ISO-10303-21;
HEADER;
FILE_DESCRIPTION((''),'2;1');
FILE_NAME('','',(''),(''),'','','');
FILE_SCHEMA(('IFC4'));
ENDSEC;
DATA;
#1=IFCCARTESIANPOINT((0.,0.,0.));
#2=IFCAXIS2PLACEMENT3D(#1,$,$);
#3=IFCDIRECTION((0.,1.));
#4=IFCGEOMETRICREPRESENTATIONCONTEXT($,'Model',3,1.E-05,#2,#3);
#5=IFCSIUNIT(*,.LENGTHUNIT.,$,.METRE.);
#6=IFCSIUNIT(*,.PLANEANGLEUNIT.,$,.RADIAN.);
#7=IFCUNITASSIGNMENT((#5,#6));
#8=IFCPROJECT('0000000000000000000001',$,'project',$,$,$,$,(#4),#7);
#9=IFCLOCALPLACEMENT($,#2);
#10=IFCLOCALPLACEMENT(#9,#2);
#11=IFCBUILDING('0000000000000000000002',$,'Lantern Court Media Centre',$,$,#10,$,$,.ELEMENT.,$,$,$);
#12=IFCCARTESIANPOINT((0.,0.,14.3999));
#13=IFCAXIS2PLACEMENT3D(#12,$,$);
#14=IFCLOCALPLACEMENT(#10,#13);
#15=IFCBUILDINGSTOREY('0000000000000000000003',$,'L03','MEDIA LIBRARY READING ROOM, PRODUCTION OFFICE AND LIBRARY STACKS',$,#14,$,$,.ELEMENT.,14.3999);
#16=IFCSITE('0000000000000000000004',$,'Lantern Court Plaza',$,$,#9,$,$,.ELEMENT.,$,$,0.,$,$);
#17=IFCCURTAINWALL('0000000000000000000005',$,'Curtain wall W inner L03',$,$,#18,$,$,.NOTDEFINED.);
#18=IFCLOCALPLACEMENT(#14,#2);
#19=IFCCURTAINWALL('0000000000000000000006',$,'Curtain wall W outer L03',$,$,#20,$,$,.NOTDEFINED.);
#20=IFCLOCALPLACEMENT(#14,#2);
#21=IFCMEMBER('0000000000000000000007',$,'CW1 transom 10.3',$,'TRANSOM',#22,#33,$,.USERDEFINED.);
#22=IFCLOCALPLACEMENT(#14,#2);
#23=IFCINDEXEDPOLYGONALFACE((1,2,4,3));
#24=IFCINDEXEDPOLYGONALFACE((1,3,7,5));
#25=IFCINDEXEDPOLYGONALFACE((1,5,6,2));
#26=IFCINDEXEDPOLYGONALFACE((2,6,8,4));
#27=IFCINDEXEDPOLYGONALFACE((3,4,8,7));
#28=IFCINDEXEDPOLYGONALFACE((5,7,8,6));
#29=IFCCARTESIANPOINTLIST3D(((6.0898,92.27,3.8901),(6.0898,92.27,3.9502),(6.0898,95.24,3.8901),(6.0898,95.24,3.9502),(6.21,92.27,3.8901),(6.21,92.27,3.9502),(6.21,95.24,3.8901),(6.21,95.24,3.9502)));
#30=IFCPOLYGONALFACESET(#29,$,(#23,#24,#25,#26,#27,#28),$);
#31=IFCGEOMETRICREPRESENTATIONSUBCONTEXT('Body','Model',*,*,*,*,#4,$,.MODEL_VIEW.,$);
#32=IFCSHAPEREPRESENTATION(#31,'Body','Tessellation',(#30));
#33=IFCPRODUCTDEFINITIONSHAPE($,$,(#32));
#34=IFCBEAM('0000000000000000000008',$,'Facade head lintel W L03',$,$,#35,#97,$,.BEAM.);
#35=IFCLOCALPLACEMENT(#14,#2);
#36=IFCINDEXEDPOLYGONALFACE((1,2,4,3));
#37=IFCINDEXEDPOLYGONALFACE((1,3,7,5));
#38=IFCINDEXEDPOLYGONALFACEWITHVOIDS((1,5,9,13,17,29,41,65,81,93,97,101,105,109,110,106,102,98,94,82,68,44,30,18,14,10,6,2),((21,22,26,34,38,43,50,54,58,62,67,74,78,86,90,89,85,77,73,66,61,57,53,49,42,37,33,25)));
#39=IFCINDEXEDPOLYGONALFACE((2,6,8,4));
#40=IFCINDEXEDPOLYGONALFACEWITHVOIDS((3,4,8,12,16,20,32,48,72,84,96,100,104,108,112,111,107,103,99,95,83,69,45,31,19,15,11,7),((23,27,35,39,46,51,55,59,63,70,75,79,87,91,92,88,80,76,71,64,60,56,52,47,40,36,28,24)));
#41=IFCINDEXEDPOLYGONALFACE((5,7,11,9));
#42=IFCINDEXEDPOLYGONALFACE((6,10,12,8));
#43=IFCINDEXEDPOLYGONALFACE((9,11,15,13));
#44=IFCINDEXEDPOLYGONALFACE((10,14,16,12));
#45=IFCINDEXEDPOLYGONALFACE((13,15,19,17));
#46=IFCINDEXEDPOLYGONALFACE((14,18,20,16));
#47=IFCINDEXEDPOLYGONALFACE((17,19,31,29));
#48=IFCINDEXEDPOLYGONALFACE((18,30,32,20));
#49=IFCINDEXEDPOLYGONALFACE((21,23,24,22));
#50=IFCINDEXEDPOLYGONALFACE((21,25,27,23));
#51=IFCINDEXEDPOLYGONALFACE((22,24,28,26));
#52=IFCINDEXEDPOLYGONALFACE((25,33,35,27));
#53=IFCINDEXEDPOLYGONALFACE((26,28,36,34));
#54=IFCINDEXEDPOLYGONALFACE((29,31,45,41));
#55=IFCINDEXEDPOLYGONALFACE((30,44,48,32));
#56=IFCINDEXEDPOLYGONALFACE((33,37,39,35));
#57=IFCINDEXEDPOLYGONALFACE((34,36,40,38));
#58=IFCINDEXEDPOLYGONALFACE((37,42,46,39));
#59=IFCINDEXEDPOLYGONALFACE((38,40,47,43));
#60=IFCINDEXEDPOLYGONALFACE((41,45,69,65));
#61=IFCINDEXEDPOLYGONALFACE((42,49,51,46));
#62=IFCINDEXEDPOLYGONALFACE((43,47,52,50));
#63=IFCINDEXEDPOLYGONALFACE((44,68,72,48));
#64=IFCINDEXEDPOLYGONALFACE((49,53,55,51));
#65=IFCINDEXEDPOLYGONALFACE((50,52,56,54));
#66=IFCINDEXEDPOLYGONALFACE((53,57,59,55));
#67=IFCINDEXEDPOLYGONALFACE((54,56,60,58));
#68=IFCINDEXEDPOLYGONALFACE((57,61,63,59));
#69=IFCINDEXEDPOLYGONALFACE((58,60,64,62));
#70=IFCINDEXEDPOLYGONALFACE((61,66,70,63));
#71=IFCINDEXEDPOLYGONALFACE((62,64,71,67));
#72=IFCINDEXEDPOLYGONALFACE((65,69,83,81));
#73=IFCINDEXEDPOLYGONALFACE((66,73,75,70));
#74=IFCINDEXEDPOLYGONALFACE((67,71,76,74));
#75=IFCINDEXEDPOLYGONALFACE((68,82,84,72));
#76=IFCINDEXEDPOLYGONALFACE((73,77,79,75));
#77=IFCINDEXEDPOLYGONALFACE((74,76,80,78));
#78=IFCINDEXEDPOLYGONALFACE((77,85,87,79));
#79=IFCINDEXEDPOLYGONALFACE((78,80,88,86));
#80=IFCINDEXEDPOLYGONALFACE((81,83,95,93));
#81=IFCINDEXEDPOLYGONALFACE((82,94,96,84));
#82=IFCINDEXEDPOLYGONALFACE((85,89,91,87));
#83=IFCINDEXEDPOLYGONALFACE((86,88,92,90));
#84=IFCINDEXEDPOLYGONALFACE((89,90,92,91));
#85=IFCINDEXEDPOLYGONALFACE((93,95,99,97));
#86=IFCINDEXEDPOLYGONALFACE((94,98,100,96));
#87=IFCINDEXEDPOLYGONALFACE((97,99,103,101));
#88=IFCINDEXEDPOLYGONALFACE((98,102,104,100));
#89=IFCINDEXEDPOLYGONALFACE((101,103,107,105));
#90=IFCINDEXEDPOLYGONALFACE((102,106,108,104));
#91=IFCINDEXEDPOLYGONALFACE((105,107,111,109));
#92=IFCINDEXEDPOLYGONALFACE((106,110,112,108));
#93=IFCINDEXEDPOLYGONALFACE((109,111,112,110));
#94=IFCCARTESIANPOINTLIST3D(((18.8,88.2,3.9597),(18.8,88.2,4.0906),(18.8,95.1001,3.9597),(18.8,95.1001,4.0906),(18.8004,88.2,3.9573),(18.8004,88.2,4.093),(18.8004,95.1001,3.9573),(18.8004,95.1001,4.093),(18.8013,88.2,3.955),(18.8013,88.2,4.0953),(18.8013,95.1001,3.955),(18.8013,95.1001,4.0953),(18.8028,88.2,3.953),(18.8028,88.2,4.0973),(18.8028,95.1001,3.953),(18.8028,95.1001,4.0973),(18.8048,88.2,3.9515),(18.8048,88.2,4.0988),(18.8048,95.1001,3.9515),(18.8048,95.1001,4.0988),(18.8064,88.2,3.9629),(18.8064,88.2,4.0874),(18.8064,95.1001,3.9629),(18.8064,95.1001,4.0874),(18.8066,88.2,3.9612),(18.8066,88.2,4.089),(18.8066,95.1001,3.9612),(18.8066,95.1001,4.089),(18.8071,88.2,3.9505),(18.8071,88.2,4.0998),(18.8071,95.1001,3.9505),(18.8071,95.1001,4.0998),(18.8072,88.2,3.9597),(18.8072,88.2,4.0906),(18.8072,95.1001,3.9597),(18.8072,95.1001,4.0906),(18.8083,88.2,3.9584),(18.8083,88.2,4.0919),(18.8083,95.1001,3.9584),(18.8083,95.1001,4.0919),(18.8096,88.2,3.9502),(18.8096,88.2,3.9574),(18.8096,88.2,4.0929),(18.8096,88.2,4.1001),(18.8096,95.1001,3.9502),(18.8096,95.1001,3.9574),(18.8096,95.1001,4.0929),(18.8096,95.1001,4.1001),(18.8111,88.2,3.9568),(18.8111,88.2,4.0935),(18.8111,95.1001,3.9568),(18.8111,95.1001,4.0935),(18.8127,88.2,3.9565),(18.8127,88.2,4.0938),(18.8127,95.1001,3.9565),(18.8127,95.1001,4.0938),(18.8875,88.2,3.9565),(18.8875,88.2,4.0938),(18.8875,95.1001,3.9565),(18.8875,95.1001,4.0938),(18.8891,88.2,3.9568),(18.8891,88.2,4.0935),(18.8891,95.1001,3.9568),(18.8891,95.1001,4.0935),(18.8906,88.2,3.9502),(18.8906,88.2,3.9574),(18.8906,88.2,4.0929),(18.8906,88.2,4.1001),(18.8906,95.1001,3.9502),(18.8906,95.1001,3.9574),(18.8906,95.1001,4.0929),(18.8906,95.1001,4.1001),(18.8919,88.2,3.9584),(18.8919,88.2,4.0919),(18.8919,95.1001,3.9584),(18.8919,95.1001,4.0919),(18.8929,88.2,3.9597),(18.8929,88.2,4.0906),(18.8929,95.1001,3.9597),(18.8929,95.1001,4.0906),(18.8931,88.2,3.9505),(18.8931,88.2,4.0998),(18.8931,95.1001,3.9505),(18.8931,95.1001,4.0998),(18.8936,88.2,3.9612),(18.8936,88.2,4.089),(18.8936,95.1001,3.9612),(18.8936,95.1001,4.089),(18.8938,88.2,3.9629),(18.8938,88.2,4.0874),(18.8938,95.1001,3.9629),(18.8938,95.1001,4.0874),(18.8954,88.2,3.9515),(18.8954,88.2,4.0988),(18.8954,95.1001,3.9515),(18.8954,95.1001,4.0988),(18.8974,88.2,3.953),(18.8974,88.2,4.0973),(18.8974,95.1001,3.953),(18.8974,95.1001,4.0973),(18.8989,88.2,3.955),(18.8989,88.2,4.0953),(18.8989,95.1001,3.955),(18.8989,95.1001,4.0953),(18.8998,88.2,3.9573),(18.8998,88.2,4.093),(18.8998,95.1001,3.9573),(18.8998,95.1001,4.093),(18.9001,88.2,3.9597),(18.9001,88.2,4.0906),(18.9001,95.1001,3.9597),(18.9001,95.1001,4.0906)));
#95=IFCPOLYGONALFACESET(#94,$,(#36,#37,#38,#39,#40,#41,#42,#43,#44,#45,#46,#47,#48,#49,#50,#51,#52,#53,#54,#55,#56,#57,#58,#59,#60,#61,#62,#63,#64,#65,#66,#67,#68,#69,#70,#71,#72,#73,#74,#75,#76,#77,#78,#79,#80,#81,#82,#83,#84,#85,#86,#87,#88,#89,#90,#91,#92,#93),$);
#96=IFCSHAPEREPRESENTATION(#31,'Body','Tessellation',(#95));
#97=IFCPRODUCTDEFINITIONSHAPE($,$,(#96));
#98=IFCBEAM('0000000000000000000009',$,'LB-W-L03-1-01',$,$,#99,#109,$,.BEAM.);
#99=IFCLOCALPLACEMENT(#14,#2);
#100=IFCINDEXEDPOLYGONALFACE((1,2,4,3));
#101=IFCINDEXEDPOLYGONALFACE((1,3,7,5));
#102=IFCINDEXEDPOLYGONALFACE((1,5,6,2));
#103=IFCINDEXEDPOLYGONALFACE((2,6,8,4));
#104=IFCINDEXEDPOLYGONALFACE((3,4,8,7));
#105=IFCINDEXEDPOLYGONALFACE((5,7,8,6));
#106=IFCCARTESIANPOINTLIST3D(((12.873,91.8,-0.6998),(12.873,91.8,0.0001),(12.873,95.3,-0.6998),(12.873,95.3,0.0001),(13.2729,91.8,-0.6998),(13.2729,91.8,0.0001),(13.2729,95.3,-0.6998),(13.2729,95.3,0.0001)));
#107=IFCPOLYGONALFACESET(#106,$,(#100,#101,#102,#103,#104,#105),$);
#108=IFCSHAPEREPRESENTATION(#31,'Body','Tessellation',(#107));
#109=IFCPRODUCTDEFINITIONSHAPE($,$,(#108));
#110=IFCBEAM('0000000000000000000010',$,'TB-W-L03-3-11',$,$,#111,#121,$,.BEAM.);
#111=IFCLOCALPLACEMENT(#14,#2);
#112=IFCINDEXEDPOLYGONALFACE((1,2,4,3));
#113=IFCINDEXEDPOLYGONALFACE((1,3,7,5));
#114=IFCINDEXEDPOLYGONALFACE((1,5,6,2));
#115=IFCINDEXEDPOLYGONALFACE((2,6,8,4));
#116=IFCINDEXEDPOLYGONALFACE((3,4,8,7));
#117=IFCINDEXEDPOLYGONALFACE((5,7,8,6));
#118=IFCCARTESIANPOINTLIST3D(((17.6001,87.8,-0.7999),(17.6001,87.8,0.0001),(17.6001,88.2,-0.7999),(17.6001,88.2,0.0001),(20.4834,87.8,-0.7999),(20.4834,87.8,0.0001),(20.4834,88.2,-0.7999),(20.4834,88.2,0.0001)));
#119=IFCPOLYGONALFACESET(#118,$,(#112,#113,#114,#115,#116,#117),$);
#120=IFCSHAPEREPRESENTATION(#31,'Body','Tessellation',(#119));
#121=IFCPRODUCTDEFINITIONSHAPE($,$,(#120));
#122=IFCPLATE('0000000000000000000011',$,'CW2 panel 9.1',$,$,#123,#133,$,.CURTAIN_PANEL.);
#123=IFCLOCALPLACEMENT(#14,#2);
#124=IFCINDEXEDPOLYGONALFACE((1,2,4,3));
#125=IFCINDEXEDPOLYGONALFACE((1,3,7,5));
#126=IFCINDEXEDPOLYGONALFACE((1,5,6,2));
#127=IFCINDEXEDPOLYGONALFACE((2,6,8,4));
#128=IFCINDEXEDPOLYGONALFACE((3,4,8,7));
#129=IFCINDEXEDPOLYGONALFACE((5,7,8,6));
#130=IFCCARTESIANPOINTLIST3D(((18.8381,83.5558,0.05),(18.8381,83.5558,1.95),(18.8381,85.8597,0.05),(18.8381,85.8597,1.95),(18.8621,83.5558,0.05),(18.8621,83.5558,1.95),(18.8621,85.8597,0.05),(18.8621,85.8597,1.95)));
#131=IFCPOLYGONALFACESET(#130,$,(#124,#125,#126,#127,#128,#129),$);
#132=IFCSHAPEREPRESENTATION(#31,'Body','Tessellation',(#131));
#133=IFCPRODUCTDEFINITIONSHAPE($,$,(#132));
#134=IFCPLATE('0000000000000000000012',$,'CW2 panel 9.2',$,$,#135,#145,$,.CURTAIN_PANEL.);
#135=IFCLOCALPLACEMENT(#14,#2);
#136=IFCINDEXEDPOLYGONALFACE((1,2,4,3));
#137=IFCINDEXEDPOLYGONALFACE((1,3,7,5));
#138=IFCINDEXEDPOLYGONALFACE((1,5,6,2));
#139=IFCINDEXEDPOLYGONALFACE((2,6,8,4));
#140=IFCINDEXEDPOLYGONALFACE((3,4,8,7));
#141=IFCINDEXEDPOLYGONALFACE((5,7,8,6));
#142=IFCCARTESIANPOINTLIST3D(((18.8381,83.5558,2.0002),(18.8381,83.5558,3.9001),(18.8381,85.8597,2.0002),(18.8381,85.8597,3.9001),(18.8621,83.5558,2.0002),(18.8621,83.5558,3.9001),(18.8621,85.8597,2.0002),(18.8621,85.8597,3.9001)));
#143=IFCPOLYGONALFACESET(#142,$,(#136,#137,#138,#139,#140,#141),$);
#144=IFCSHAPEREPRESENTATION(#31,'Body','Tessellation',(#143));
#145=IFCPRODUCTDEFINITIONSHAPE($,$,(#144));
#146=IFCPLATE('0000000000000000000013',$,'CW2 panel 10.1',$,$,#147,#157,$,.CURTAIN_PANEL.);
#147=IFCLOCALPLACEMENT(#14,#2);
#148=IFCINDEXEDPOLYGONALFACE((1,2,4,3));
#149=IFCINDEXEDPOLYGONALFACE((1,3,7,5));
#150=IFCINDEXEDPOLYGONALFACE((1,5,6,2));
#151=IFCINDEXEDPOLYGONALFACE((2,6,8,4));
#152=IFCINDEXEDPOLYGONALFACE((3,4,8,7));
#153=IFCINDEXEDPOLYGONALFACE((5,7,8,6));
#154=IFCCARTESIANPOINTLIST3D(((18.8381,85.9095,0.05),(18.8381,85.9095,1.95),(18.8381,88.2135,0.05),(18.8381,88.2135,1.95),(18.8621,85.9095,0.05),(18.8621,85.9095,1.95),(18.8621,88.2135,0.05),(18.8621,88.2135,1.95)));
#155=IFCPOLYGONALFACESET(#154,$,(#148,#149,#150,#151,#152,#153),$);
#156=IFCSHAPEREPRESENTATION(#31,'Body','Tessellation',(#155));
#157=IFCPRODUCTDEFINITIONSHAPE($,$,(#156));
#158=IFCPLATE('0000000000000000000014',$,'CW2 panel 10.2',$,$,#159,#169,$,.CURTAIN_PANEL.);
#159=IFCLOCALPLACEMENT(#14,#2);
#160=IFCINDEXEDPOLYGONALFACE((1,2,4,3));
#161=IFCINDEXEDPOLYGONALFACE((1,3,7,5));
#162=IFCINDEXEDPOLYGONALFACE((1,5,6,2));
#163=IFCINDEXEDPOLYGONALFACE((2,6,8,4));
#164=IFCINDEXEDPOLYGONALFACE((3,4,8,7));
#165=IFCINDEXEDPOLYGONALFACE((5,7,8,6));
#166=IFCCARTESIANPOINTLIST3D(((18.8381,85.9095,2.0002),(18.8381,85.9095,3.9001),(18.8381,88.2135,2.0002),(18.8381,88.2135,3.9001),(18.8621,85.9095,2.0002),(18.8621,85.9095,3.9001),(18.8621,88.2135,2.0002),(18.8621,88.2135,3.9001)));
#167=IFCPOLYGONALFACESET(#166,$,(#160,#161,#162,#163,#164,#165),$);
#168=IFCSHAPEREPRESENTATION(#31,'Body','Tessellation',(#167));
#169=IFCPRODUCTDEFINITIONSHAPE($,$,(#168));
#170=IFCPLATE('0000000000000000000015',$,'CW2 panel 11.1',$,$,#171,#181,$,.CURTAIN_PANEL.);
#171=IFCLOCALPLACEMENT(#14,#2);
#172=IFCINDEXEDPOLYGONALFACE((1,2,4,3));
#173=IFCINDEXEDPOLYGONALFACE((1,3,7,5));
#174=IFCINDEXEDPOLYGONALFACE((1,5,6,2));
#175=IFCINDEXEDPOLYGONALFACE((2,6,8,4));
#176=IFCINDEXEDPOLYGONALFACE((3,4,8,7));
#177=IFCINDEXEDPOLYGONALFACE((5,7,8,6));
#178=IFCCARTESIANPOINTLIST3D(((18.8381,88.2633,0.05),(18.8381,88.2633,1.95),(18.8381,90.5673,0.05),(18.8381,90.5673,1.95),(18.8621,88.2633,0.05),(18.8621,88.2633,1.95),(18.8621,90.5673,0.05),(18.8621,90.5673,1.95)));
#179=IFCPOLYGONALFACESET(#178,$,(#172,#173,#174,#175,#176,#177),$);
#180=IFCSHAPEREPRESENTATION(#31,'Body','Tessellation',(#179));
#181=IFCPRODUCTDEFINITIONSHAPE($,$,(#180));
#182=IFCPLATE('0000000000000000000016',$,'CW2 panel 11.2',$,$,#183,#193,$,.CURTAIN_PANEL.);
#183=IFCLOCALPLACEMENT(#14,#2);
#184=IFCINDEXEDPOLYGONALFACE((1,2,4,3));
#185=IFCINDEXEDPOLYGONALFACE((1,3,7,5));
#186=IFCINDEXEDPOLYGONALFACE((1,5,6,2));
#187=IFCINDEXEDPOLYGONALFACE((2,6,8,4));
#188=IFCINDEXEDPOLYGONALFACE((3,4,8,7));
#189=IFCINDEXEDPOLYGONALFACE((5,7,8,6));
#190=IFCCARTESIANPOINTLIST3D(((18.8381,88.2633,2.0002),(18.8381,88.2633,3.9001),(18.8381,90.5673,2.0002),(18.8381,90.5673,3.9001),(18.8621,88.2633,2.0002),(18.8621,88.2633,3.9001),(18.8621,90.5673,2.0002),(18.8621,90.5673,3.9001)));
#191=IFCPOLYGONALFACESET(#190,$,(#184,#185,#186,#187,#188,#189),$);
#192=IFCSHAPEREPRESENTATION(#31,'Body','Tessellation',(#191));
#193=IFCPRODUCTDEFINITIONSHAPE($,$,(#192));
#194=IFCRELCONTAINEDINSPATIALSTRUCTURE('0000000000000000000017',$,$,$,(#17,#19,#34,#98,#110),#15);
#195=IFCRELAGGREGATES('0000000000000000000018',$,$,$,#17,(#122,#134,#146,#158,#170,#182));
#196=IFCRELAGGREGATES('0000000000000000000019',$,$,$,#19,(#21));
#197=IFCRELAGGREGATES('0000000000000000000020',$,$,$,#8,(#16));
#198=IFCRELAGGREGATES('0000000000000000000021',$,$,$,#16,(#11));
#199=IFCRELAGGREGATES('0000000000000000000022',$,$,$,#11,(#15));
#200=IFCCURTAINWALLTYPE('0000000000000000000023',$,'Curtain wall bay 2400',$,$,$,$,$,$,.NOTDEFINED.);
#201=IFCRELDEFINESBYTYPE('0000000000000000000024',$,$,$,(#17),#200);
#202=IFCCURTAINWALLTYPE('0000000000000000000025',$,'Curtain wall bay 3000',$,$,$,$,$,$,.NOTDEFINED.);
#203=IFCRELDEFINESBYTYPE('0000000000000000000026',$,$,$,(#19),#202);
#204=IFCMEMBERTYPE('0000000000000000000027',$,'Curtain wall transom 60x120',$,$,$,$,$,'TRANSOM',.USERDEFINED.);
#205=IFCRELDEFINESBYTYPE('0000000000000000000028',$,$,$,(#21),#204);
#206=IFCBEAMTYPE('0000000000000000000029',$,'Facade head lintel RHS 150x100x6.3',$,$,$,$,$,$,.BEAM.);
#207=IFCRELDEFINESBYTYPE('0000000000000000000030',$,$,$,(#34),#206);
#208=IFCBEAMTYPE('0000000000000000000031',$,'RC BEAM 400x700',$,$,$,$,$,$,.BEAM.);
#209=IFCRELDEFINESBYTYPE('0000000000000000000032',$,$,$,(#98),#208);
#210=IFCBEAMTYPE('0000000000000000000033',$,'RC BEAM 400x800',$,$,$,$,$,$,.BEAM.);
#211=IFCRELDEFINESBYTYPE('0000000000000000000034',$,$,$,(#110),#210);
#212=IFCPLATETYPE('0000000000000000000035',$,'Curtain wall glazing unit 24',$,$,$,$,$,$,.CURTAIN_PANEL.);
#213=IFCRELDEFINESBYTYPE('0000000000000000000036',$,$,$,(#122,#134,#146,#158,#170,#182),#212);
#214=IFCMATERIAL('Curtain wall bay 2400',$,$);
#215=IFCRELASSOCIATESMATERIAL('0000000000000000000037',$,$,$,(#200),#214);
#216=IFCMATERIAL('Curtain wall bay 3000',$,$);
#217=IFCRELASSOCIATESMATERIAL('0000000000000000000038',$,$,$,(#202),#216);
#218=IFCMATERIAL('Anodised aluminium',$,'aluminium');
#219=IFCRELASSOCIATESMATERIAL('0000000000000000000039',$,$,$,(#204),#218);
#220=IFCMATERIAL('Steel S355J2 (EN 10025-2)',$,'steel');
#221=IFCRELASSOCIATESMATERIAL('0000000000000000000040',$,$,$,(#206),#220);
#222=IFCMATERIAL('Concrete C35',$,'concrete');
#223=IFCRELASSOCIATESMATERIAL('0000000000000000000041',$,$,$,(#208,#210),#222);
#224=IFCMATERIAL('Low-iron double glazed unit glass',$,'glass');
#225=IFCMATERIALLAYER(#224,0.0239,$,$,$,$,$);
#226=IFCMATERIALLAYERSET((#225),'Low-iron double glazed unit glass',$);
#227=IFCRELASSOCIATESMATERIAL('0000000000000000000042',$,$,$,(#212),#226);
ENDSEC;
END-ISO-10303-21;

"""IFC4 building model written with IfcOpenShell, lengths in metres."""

from ifc_helpers import new_model, si_unit, direction, frame, origin, origin_2d, place, context, subcontext, project, spatial, rectangle, hollow_rectangle, extrude, material, layer, layer_set, material_profile, profile_set, type_object, element, aggregate, save


model = new_model("IFC4")

# Units and contexts
model_context = context("Model", 3, precision=1e-05, world=origin(), true_north=direction((0.0, 1.0)))
body_context = subcontext(model_context, "Body", "Model", "MODEL_VIEW")
ifc_project = project(units=[si_unit("LENGTHUNIT", "METRE"), si_unit("PLANEANGLEUNIT", "RADIAN")], contexts=[model_context])

# Site, building, storey
site_placement = place(None, origin())
site = spatial("IfcSite", under=ifc_project, at=site_placement, Name="Lantern Court Plaza", CompositionType="ELEMENT", RefElevation=0.0)
building_placement = place(site_placement, origin())
building = spatial("IfcBuilding", under=site, at=building_placement, Name="Lantern Court Media Centre", CompositionType="ELEMENT")
storey_placement = place(building_placement, frame((0.0, 0.0, 14.3999)))
storey = spatial("IfcBuildingStorey", under=building, at=storey_placement, Name="L03", Description="MEDIA LIBRARY READING ROOM, PRODUCTION OFFICE AND LIBRARY STACKS", CompositionType="ELEMENT", Elevation=14.3999)

# Curtain walls, member
ifc_material_1 = material(Name="Curtain wall bay 2400")
curtain_wall_type_1 = type_object("IfcCurtainWallType", Name="Curtain wall bay 2400", PredefinedType="NOTDEFINED", material=ifc_material_1)
curtain_wall_1_placement = place(storey_placement, origin())
curtain_wall_1 = element("IfcCurtainWall", 1, at=curtain_wall_1_placement, inside=storey, type_object=curtain_wall_type_1, Name="Curtain wall W inner L03", PredefinedType="NOTDEFINED")
ifc_material_2 = material(Name="Anodised aluminium", Category="aluminium")
ifc_material_3 = material(Name="Curtain wall bay 3000")
curtain_wall_type_2 = type_object("IfcCurtainWallType", Name="Curtain wall bay 3000", PredefinedType="NOTDEFINED", material=ifc_material_3)
curtain_wall_2_placement = place(storey_placement, origin())
curtain_wall_2 = element("IfcCurtainWall", 2, at=curtain_wall_2_placement, inside=storey, type_object=curtain_wall_type_2, Name="Curtain wall W outer L03", PredefinedType="NOTDEFINED")
ifc_material_profile_1 = material_profile(ifc_material_2, rectangle(XDim=0.1201, YDim=0.0601, at=origin_2d()), Name="AL 60x120")
ifc_profile_set_1 = profile_set([ifc_material_profile_1], Name="Anodised aluminium")
member_type_1 = type_object("IfcMemberType", Name="Curtain wall transom 60x120", ElementType="TRANSOM", PredefinedType="USERDEFINED", material=ifc_profile_set_1)
member_1_placement = place(storey_placement, frame((6.1499, 92.27, 3.9202), z_axis=(0.0, 1.0, 0.0), x_axis=(-1.0, 0.0, 0.0)))
member_1 = element("IfcMember", 3, at=member_1_placement, type_object=member_type_1, Name="CW1 transom 10.3", ObjectType="TRANSOM", PredefinedType="USERDEFINED", context=body_context, shape_type="SweptSolid", body=[
    extrude(rectangle(XDim=0.1201, YDim=0.0601, at=origin_2d()), origin(), (0.0, 0.0, 1.0), 2.97),
])

# Beams
ifc_material_4 = material(Name="Steel S355J2 (EN 10025-2)", Category="steel")
ifc_material_profile_2 = material_profile(ifc_material_4, hollow_rectangle(XDim=0.1001, YDim=0.1499, WallThickness=0.0063, InnerFilletRadius=0.0063, OuterFilletRadius=0.0095, at=origin_2d()), Name="Facade head lintel RHS 150x100x6.3")
ifc_profile_set_2 = profile_set([ifc_material_profile_2], Name="Steel S355J2 (EN 10025-2)")
beam_type_1 = type_object("IfcBeamType", Name="Facade head lintel RHS 150x100x6.3", PredefinedType="BEAM", material=ifc_profile_set_2)
beam_1_placement = place(storey_placement, frame((18.8501, 88.2, 4.0251), z_axis=(0.0, 1.0, 0.0), x_axis=(-1.0, 0.0, 0.0)))
element("IfcBeam", 4, at=beam_1_placement, inside=storey, type_object=beam_type_1, Name="Facade head lintel W L03", PredefinedType="BEAM", context=body_context, shape_type="SweptSolid", body=[
    extrude(hollow_rectangle(XDim=0.1001, YDim=0.1499, WallThickness=0.0063, InnerFilletRadius=0.0063, OuterFilletRadius=0.0095, at=origin_2d()), origin(), (0.0, 0.0, 1.0), 6.9001),
])
ifc_material_5 = material(Name="Concrete C35", Category="concrete")
ifc_material_profile_3 = material_profile(ifc_material_5, rectangle(XDim=0.3999, YDim=0.7, at=origin_2d()), Name="RC 400x700")
ifc_profile_set_3 = profile_set([ifc_material_profile_3], Name="Concrete C35")
beam_type_2 = type_object("IfcBeamType", Name="RC BEAM 400x700", PredefinedType="BEAM", material=ifc_profile_set_3)
beam_2_placement = place(storey_placement, frame((13.073, 91.8, -0.3499), z_axis=(0.0, 1.0, 0.0), x_axis=(-1.0, 0.0, 0.0)))
element("IfcBeam", 5, at=beam_2_placement, inside=storey, type_object=beam_type_2, Name="LB-W-L03-1-01", PredefinedType="BEAM", context=body_context, shape_type="SweptSolid", body=[
    extrude(rectangle(XDim=0.3999, YDim=0.7, at=origin_2d()), origin(), (0.0, 0.0, 1.0), 3.5),
])
ifc_material_profile_4 = material_profile(ifc_material_5, rectangle(XDim=0.3999, YDim=0.8, at=origin_2d()), Name="RC 400x800")
ifc_profile_set_4 = profile_set([ifc_material_profile_4], Name="Concrete C35")
beam_type_3 = type_object("IfcBeamType", Name="RC BEAM 400x800", PredefinedType="BEAM", material=ifc_profile_set_4)
beam_3_placement = place(storey_placement, frame((17.6001, 88.0, -0.3999), z_axis=(1.0, 0.0, 0.0), x_axis=(0.0, 1.0, 0.0)))
element("IfcBeam", 6, at=beam_3_placement, inside=storey, type_object=beam_type_3, Name="TB-W-L03-3-11", PredefinedType="BEAM", context=body_context, shape_type="SweptSolid", body=[
    extrude(rectangle(XDim=0.3999, YDim=0.8, at=origin_2d()), origin(), (0.0, 0.0, 1.0), 2.8833),
])

# Plates
ifc_material_6 = material(Name="Low-iron double glazed unit glass", Category="glass")
ifc_layer_1 = layer(ifc_material_6, 0.0239)
ifc_layer_set_1 = layer_set([ifc_layer_1], Name="Low-iron double glazed unit glass")
plate_type_1 = type_object("IfcPlateType", Name="Curtain wall glazing unit 24", PredefinedType="CURTAIN_PANEL", material=ifc_layer_set_1)
plate_1_placement = place(storey_placement, frame((18.8501, 84.7078, 0.05), z_axis=(0.0, 0.0, 1.0), x_axis=(0.0, 1.0, 0.0)))
plate_1 = element("IfcPlate", 7, at=plate_1_placement, type_object=plate_type_1, Name="CW2 panel 9.1", PredefinedType="CURTAIN_PANEL", context=body_context, shape_type="SweptSolid", body=[
    extrude(rectangle(XDim=2.304, YDim=0.0239, at=origin_2d()), origin(), (0.0, 0.0, 1.0), 1.8999),
])
plate_2_placement = place(storey_placement, frame((18.8501, 84.7078, 2.0002), z_axis=(0.0, 0.0, 1.0), x_axis=(0.0, 1.0, 0.0)))
plate_2 = element("IfcPlate", 8, at=plate_2_placement, type_object=plate_type_1, Name="CW2 panel 9.2", PredefinedType="CURTAIN_PANEL", context=body_context, shape_type="SweptSolid", body=[
    extrude(rectangle(XDim=2.304, YDim=0.0239, at=origin_2d()), origin(), (0.0, 0.0, 1.0), 1.8999),
])
plate_3_placement = place(storey_placement, frame((18.8501, 87.0615, 0.05), z_axis=(0.0, 0.0, 1.0), x_axis=(0.0, 1.0, 0.0)))
plate_3 = element("IfcPlate", 9, at=plate_3_placement, type_object=plate_type_1, Name="CW2 panel 10.1", PredefinedType="CURTAIN_PANEL", context=body_context, shape_type="SweptSolid", body=[
    extrude(rectangle(XDim=2.304, YDim=0.0239, at=origin_2d()), origin(), (0.0, 0.0, 1.0), 1.8999),
])
plate_4_placement = place(storey_placement, frame((18.8501, 87.0615, 2.0002), z_axis=(0.0, 0.0, 1.0), x_axis=(0.0, 1.0, 0.0)))
plate_4 = element("IfcPlate", 10, at=plate_4_placement, type_object=plate_type_1, Name="CW2 panel 10.2", PredefinedType="CURTAIN_PANEL", context=body_context, shape_type="SweptSolid", body=[
    extrude(rectangle(XDim=2.304, YDim=0.0239, at=origin_2d()), origin(), (0.0, 0.0, 1.0), 1.8999),
])
plate_5_placement = place(storey_placement, frame((18.8501, 89.4153, 0.05), z_axis=(0.0, 0.0, 1.0), x_axis=(0.0, 1.0, 0.0)))
plate_5 = element("IfcPlate", 11, at=plate_5_placement, type_object=plate_type_1, Name="CW2 panel 11.1", PredefinedType="CURTAIN_PANEL", context=body_context, shape_type="SweptSolid", body=[
    extrude(rectangle(XDim=2.304, YDim=0.0239, at=origin_2d()), origin(), (0.0, 0.0, 1.0), 1.8999),
])
plate_6_placement = place(storey_placement, frame((18.8501, 89.4153, 2.0002), z_axis=(0.0, 0.0, 1.0), x_axis=(0.0, 1.0, 0.0)))
plate_6 = element("IfcPlate", 12, at=plate_6_placement, type_object=plate_type_1, Name="CW2 panel 11.2", PredefinedType="CURTAIN_PANEL", context=body_context, shape_type="SweptSolid", body=[
    extrude(rectangle(XDim=2.304, YDim=0.0239, at=origin_2d()), origin(), (0.0, 0.0, 1.0), 1.8999),
])
aggregate(curtain_wall_1, [plate_1, plate_2, plate_3, plate_4, plate_5, plate_6])
aggregate(curtain_wall_2, [member_1])

save(model, "model.ifc")
